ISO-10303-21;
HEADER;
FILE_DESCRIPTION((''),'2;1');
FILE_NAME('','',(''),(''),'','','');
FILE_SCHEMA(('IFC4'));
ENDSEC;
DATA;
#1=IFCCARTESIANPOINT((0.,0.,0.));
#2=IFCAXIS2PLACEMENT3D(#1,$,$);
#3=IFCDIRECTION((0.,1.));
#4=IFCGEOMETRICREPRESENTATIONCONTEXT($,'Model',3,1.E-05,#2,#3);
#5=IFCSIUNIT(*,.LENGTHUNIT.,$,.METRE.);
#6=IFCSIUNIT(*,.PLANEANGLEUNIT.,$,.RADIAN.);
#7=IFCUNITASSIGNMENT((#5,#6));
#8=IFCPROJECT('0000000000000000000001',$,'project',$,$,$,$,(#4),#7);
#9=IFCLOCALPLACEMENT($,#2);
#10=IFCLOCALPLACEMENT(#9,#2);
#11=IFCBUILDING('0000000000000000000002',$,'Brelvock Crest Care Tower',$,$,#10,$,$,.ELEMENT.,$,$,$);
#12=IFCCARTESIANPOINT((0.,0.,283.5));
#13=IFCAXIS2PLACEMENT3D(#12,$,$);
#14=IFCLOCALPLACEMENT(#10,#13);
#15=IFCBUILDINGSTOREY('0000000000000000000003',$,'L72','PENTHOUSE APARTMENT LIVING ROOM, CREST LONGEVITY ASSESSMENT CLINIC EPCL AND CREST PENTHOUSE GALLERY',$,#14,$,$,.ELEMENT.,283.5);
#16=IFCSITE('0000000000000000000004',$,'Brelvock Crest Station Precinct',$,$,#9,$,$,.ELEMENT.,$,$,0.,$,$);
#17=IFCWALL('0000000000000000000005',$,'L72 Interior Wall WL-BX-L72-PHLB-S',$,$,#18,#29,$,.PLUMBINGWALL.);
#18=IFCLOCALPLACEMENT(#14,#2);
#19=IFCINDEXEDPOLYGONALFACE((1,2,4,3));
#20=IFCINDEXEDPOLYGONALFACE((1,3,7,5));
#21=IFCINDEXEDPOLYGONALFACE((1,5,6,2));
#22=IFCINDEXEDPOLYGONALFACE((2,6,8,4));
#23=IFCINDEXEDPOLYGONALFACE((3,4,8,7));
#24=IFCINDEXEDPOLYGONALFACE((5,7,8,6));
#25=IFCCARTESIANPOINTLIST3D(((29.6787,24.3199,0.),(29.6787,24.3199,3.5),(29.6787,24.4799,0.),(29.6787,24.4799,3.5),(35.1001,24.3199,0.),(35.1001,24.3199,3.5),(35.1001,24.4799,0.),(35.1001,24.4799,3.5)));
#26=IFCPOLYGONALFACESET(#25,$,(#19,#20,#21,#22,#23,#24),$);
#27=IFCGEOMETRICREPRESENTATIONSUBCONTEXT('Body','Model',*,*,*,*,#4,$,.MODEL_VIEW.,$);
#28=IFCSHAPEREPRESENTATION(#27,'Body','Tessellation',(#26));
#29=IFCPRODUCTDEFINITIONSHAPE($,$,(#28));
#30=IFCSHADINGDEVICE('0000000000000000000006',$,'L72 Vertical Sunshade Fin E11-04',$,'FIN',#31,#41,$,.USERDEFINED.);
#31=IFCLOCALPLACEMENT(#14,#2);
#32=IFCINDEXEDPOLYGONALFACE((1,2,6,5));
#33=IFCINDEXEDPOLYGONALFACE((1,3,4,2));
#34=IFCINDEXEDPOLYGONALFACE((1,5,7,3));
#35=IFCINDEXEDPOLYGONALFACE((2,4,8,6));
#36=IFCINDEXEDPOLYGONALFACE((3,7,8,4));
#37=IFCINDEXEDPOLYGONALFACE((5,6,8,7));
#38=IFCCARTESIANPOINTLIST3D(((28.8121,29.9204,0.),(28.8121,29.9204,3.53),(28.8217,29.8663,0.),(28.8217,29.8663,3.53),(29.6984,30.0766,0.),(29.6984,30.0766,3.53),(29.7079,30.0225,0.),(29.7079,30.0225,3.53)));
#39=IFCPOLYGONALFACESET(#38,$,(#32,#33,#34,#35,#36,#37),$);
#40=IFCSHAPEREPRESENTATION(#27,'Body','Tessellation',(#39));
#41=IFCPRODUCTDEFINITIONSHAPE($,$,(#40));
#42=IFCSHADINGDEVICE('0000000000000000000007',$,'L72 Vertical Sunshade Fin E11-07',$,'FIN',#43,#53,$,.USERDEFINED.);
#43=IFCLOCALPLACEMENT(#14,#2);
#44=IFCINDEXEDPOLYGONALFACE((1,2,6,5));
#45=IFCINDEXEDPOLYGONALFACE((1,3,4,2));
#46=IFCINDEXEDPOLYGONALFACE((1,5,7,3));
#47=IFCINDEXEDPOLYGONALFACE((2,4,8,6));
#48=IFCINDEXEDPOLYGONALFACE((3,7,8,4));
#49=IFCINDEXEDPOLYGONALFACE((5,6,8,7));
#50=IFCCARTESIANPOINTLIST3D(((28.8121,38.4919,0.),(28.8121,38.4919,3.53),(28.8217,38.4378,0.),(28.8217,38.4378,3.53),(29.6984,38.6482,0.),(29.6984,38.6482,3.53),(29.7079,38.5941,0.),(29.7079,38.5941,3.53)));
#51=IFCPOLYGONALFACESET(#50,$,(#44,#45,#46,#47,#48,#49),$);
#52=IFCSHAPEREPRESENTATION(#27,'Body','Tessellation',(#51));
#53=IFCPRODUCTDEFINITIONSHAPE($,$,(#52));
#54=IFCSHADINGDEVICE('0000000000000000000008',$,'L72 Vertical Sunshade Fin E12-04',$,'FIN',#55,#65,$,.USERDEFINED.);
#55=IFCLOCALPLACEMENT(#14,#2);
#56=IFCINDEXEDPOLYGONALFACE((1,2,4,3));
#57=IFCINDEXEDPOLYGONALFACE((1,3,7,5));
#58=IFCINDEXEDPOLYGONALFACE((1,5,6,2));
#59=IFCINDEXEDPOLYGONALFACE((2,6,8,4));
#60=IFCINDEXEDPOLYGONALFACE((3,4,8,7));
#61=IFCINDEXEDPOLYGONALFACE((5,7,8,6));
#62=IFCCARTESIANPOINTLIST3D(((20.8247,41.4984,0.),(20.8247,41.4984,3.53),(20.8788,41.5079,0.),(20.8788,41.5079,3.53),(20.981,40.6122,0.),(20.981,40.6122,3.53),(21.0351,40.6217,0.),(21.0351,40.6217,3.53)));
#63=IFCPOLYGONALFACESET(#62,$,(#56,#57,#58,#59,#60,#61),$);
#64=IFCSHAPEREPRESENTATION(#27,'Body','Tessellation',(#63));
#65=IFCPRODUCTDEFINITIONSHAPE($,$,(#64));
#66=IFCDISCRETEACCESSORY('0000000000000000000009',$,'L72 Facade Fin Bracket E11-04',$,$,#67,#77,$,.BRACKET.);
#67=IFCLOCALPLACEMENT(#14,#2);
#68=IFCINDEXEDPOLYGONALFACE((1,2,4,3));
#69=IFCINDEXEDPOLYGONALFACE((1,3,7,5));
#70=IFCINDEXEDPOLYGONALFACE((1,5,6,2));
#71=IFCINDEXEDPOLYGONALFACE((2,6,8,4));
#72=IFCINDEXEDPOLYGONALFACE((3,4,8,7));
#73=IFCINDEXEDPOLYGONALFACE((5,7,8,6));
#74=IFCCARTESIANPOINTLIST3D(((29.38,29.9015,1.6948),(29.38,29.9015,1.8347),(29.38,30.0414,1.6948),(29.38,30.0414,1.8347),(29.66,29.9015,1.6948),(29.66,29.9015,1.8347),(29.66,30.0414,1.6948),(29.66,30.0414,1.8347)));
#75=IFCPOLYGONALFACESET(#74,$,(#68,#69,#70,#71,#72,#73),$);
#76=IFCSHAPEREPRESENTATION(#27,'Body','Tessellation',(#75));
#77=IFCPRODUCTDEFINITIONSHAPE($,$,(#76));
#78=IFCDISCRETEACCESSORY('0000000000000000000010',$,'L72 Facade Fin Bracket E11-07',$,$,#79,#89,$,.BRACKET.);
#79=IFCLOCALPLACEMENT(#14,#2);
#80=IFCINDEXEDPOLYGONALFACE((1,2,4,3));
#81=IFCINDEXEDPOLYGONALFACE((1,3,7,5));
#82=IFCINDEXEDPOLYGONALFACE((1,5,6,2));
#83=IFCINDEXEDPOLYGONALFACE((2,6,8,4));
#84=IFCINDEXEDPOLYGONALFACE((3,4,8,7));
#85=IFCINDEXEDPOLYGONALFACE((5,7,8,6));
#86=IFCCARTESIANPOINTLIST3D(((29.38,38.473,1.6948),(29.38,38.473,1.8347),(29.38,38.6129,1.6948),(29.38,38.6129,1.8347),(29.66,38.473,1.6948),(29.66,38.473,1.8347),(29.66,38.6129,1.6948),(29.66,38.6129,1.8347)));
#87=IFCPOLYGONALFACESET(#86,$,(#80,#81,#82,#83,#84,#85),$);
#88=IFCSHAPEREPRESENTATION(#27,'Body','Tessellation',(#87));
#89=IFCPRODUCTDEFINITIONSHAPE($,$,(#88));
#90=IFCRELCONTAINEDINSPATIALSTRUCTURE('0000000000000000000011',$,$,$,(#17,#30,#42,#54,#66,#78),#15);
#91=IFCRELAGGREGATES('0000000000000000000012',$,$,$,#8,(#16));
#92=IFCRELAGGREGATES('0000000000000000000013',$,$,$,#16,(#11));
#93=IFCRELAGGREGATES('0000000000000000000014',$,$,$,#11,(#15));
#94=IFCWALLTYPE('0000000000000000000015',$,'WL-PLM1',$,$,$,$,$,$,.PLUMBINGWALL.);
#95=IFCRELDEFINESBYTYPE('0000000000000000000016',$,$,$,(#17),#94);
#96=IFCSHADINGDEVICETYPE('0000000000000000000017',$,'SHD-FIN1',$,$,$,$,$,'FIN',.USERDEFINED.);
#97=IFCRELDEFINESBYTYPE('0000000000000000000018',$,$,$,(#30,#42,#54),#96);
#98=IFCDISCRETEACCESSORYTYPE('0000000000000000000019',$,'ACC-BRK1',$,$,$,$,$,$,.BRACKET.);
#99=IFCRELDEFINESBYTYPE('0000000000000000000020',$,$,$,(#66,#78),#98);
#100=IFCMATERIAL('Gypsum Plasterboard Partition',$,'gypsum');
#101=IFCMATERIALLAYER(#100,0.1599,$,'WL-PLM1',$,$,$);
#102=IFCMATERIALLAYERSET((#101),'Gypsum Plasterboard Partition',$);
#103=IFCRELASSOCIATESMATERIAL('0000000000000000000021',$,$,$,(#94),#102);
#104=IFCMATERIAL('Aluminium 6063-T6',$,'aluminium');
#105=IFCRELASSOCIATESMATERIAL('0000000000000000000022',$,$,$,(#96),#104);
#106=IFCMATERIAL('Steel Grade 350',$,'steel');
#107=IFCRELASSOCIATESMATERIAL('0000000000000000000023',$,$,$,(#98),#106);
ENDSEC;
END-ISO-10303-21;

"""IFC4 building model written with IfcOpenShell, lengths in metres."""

from ifc_helpers import new_model, si_unit, direction, frame, frame_2d, origin, origin_2d, place, context, subcontext, project, spatial, rectangle, extrude, source, transform, mapped, material, layer, layer_set, material_profile, profile_set, type_object, element, save


model = new_model("IFC4")

# Units and contexts
model_context = context("Model", 3, precision=1e-05, world=origin(), true_north=direction((0.0, 1.0)))
body_context = subcontext(model_context, "Body", "Model", "MODEL_VIEW")
ifc_project = project(units=[si_unit("LENGTHUNIT", "METRE"), si_unit("PLANEANGLEUNIT", "RADIAN")], contexts=[model_context])

# Site, building, storey
site_placement = place(None, origin())
site = spatial("IfcSite", under=ifc_project, at=site_placement, Name="Brelvock Crest Station Precinct", CompositionType="ELEMENT", RefElevation=0.0)
building_placement = place(site_placement, origin())
building = spatial("IfcBuilding", under=site, at=building_placement, Name="Brelvock Crest Care Tower", CompositionType="ELEMENT")
storey_placement = place(building_placement, frame((0.0, 0.0, 283.5)))
storey = spatial("IfcBuildingStorey", under=building, at=storey_placement, Name="L72", Description="PENTHOUSE APARTMENT LIVING ROOM, CREST LONGEVITY ASSESSMENT CLINIC EPCL AND CREST PENTHOUSE GALLERY", CompositionType="ELEMENT", Elevation=283.5)

# Shared definitions
ifc_material_1 = material(Name="Aluminium 6063-T6", Category="aluminium")

# Wall
ifc_material_2 = material(Name="Gypsum Plasterboard Partition", Category="gypsum")
ifc_layer_1 = layer(ifc_material_2, 0.1599, Name="WL-PLM1")
ifc_layer_set_1 = layer_set([ifc_layer_1], Name="Gypsum Plasterboard Partition")
wall_type = type_object("IfcWallType", Name="WL-PLM1", PredefinedType="PLUMBINGWALL", material=ifc_layer_set_1)
wall_placement = place(storey_placement, frame((29.6787, 24.3999, 0.0), z_axis=(0.0, 0.0, 1.0), x_axis=(1.0, 0.0, 0.0)))
element("IfcWall", 1, at=wall_placement, inside=storey, type_object=wall_type, Name="L72 Interior Wall WL-BX-L72-PHLB-S", PredefinedType="PLUMBINGWALL", context=body_context, shape_type="SweptSolid", body=[
    extrude(rectangle(XDim=5.4214, YDim=0.1599, at=frame_2d((2.7107, 0.0))), origin(), (0.0, 0.0, 1.0), 3.5),
])

# Shading devices
ifc_material_profile_1 = material_profile(ifc_material_1, rectangle(XDim=0.0549, YDim=0.8999, at=origin_2d()), Name="FIN55x900")
ifc_profile_set_1 = profile_set([ifc_material_profile_1], Name="Aluminium 6063-T6")
shading_device_type = type_object("IfcShadingDeviceType", Name="SHD-FIN1", ElementType="FIN", PredefinedType="USERDEFINED", material=ifc_profile_set_1)
shared_shape_1 = source(origin(), body_context, "Body", "SweptSolid", [
    extrude(rectangle(XDim=0.0549, YDim=0.8999, at=origin_2d()), origin(), (0.0, 0.0, 1.0), 3.53),
])
for number, where, z_axis, x_axis, name in (
    (2, (29.26, 29.9714, 0.0), (0.0, 0.0, 1.0), (-0.173648, 0.984808, 0.0), "L72 Vertical Sunshade Fin E11-04"),
    (3, (29.26, 38.543, 0.0), (0.0, 0.0, 1.0), (-0.173648, 0.984808, 0.0), "L72 Vertical Sunshade Fin E11-07"),
    (4, (20.9299, 41.0601, 0.0), (0.0, 0.0, 1.0), (-0.984808, -0.173648, 0.0), "L72 Vertical Sunshade Fin E12-04"),
):
    element("IfcShadingDevice", number, at=place(storey_placement, frame(where, z_axis=z_axis, x_axis=x_axis)), inside=storey, type_object=shading_device_type, Name=name, ObjectType="FIN", PredefinedType="USERDEFINED", context=body_context, shape_type="MappedRepresentation", body=[
        mapped(shared_shape_1, transform((0.0, 0.0, 0.0), x_axis=(1.0, 0.0, 0.0), y_axis=(0.0, 1.0, 0.0), z_axis=(0.0, 0.0, 1.0), scale=1.0)),
    ])

# Discrete accessories
ifc_material_3 = material(Name="Steel Grade 350", Category="steel")
discrete_accessory_type = type_object("IfcDiscreteAccessoryType", Name="ACC-BRK1", PredefinedType="BRACKET", material=ifc_material_3)
shared_shape_2 = source(origin(), body_context, "Body", "SweptSolid", [
    extrude(rectangle(XDim=0.28, YDim=0.1399, at=origin_2d()), origin(), (0.0, 0.0, 1.0), 0.1399),
])
for number, where, z_axis, x_axis, name in (
    (5, (29.52, 29.9714, 1.6948), (0.0, 0.0, 1.0), (-1.0, 0.0, 0.0), "L72 Facade Fin Bracket E11-04"),
    (6, (29.52, 38.543, 1.6948), (0.0, 0.0, 1.0), (-1.0, 0.0, 0.0), "L72 Facade Fin Bracket E11-07"),
):
    element("IfcDiscreteAccessory", number, at=place(storey_placement, frame(where, z_axis=z_axis, x_axis=x_axis)), inside=storey, type_object=discrete_accessory_type, Name=name, PredefinedType="BRACKET", context=body_context, shape_type="MappedRepresentation", body=[
        mapped(shared_shape_2, transform((0.0, 0.0, 0.0), x_axis=(1.0, 0.0, 0.0), y_axis=(0.0, 1.0, 0.0), z_axis=(0.0, 0.0, 1.0), scale=1.0)),
    ])

save(model, "model.ifc")
